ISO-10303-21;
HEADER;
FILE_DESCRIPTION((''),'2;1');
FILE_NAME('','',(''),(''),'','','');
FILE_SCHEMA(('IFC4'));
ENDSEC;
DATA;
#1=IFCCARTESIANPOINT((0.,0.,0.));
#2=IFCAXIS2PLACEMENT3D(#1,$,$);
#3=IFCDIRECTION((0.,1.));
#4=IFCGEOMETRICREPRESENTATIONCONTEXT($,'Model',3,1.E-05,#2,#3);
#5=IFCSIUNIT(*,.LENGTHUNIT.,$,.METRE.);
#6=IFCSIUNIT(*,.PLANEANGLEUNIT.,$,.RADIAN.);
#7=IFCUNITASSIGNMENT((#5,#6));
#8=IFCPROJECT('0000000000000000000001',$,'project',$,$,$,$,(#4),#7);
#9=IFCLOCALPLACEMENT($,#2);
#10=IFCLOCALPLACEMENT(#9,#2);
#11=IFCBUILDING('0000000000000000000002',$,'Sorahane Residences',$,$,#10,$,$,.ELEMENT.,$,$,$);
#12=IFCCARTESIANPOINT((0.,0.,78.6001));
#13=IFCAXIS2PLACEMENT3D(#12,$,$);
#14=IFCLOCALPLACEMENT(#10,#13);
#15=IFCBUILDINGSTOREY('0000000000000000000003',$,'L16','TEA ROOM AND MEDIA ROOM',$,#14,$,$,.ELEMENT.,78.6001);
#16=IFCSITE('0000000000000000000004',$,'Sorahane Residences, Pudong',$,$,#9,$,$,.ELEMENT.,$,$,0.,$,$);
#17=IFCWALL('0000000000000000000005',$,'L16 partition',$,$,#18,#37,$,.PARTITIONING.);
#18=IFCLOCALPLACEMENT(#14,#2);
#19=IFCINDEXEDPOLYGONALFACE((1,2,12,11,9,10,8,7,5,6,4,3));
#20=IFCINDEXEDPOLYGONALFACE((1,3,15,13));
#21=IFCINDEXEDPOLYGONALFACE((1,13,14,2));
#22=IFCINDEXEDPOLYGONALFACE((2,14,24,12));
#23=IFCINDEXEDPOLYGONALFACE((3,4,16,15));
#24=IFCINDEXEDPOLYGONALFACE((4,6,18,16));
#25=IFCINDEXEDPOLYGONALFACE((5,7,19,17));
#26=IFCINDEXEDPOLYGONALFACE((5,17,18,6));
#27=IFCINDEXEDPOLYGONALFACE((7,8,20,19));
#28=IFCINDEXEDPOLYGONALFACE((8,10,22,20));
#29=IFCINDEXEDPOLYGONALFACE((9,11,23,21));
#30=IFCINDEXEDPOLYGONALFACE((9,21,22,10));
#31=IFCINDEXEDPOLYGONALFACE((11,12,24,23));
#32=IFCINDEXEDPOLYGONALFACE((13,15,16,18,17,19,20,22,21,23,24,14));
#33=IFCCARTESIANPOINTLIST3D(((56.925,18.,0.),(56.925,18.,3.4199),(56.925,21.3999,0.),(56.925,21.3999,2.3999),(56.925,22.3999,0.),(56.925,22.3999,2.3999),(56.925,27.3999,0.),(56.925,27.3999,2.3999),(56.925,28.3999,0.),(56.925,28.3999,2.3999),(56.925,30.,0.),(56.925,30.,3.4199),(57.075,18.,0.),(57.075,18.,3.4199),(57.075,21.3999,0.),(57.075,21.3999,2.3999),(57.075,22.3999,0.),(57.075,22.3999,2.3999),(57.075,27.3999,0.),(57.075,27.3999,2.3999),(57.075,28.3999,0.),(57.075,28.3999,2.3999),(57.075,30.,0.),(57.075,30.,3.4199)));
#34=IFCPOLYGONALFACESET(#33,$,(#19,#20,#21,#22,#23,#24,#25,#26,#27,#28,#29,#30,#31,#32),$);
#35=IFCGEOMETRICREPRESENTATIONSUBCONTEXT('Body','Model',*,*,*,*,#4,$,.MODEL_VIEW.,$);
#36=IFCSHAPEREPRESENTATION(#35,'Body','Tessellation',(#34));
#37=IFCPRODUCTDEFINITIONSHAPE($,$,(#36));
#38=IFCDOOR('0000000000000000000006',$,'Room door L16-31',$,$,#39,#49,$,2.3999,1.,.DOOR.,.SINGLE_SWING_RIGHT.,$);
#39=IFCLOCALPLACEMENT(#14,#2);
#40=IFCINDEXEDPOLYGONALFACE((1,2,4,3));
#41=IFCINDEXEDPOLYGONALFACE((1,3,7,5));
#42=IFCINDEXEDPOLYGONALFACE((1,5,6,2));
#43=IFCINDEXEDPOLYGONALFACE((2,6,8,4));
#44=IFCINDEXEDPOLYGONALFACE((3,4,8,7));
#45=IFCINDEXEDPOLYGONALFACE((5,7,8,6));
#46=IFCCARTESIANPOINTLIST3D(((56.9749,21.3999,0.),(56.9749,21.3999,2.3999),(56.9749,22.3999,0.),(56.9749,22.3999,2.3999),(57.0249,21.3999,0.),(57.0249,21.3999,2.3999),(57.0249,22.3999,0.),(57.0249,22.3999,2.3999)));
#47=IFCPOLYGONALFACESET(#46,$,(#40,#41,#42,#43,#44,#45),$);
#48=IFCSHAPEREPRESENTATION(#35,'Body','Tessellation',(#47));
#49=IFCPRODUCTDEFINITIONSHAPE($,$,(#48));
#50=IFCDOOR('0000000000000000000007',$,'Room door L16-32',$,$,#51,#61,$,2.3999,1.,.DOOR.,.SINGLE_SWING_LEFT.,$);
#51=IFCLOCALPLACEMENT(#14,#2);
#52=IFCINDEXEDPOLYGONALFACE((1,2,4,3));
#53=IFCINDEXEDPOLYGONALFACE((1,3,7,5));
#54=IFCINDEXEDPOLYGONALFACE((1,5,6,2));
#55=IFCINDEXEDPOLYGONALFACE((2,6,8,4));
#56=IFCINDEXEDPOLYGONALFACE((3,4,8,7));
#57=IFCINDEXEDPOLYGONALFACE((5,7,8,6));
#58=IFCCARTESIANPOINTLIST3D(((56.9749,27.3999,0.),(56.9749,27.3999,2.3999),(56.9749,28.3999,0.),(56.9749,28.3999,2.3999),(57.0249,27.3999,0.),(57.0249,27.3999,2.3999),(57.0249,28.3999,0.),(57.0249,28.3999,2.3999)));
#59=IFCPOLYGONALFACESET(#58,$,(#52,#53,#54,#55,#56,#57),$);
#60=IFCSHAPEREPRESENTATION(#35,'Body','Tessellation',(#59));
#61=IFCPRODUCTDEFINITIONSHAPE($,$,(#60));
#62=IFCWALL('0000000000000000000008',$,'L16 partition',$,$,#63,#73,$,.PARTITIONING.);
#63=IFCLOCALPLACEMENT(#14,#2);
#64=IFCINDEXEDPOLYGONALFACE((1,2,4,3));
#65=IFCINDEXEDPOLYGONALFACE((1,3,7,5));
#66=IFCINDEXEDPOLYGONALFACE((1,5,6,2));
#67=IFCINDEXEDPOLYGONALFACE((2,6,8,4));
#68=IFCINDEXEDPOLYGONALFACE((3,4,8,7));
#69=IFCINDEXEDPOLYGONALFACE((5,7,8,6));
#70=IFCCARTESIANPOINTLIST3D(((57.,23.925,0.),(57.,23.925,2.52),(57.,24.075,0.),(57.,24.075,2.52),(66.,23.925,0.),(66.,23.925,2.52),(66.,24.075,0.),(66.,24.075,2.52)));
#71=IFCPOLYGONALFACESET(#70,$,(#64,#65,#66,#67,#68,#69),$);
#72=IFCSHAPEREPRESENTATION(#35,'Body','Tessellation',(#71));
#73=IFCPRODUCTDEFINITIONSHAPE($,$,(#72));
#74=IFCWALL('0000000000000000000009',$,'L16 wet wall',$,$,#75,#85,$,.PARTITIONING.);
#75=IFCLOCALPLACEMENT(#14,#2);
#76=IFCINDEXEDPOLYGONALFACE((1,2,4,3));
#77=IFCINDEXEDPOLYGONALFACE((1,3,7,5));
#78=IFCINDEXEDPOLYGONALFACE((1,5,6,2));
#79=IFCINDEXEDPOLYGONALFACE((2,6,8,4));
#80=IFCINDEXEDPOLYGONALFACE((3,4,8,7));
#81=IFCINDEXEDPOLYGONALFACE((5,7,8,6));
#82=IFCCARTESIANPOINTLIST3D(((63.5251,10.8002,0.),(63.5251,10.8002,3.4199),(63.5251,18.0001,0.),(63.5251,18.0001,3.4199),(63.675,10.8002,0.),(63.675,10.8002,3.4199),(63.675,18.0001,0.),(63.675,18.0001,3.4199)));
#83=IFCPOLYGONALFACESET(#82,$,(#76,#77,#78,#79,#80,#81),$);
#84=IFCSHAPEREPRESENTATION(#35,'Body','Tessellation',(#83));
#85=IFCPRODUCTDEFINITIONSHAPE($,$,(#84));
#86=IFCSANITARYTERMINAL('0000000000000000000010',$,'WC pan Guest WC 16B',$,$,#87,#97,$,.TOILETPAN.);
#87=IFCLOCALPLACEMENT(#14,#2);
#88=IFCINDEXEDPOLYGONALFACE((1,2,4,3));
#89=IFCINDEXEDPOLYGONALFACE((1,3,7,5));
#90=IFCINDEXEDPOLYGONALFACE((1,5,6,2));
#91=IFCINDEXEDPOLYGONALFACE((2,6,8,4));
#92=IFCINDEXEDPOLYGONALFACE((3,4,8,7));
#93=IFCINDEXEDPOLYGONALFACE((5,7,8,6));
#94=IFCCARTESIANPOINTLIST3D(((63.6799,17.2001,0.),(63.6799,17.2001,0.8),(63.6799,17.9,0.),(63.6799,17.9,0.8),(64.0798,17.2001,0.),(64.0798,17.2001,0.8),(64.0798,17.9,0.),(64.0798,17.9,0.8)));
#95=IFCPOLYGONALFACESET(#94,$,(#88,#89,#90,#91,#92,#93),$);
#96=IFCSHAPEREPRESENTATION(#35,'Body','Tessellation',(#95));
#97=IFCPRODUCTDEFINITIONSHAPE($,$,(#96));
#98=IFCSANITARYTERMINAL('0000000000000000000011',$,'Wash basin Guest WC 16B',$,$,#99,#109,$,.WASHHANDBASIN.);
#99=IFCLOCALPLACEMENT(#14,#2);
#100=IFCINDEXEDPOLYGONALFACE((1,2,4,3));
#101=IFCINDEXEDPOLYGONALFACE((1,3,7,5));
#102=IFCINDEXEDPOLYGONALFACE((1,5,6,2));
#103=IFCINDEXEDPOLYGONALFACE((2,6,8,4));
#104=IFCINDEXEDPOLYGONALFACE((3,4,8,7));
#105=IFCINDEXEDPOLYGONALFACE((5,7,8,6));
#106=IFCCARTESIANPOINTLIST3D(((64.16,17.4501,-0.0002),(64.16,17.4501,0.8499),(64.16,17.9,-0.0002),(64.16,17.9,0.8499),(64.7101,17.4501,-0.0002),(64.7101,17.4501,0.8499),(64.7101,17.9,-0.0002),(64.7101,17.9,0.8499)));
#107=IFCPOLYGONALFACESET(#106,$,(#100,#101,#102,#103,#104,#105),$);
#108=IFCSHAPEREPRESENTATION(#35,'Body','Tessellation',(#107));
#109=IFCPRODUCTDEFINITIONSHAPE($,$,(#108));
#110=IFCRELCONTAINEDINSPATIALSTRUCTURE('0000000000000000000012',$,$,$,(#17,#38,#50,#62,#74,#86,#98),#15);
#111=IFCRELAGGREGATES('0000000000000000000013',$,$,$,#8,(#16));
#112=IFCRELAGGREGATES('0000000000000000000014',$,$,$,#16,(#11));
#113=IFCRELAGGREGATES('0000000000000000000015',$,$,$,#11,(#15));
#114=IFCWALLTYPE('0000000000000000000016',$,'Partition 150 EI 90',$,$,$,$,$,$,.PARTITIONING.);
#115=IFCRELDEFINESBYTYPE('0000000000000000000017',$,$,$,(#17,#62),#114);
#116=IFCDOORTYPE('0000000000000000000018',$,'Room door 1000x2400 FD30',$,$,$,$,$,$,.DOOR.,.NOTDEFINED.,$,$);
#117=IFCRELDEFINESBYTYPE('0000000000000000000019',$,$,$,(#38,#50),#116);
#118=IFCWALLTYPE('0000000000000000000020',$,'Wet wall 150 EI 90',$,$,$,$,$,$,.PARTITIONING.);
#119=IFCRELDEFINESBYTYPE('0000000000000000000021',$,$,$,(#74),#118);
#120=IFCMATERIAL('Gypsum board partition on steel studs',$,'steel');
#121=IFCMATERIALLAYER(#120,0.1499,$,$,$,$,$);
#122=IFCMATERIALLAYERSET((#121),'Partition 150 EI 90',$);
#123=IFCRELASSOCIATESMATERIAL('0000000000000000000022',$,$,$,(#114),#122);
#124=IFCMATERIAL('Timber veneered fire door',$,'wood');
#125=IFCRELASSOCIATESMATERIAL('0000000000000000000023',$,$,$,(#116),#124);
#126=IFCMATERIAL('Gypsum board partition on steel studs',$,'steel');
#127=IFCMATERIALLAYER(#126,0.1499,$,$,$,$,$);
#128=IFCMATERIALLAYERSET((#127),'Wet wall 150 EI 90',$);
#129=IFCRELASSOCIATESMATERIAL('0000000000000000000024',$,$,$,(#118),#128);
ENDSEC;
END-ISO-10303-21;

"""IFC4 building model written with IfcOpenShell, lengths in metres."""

from ifc_helpers import new_model, si_unit, direction, frame, frame_2d, origin, origin_2d, place, context, subcontext, project, spatial, rectangle, extrude, material, layer, layer_set, type_object, element, fill, save


model = new_model("IFC4")

# Units and contexts
model_context = context("Model", 3, precision=1e-05, world=origin(), true_north=direction((0.0, 1.0)))
body_context = subcontext(model_context, "Body", "Model", "MODEL_VIEW")
ifc_project = project(units=[si_unit("LENGTHUNIT", "METRE"), si_unit("PLANEANGLEUNIT", "RADIAN")], contexts=[model_context])

# Site, building, storey
site_placement = place(None, origin())
site = spatial("IfcSite", under=ifc_project, at=site_placement, Name="Sorahane Residences, Pudong", CompositionType="ELEMENT", RefElevation=0.0)
building_placement = place(site_placement, origin())
building = spatial("IfcBuilding", under=site, at=building_placement, Name="Sorahane Residences", CompositionType="ELEMENT")
storey_placement = place(building_placement, frame((0.0, 0.0, 78.6001)))
storey = spatial("IfcBuildingStorey", under=building, at=storey_placement, Name="L16", Description="TEA ROOM AND MEDIA ROOM", CompositionType="ELEMENT", Elevation=78.6001)

# Shared definitions
ifc_material_1 = material(Name="Gypsum board partition on steel studs", Category="steel")
ifc_layer_1 = layer(ifc_material_1, 0.1499)
ifc_layer_set_1 = layer_set([ifc_layer_1], Name="Partition 150 EI 90")
wall_type_1 = type_object("IfcWallType", Name="Partition 150 EI 90", PredefinedType="PARTITIONING", material=ifc_layer_set_1)

# Shared definitions
ifc_material_2 = material(Name="Timber veneered fire door", Category="wood")
door_type_1 = type_object("IfcDoorType", Name="Room door 1000x2400 FD30", OperationType="NOTDEFINED", PredefinedType="DOOR", material=ifc_material_2)

# Wall, openings, doors
wall_1_placement = place(storey_placement, frame((57.0, 18.0, 0.0), z_axis=(0.0, 0.0, 1.0), x_axis=(0.0, 1.0, 0.0)))
wall_1 = element("IfcWall", 1, at=wall_1_placement, inside=storey, type_object=wall_type_1, Name="L16 partition", PredefinedType="PARTITIONING", context=body_context, shape_type="SweptSolid", body=[
    extrude(rectangle(XDim=12.0, YDim=0.1499, at=frame_2d((6.0, 0.0))), origin(), (0.0, 0.0, 1.0), 3.4199),
])
opening_1_placement = place(wall_1_placement, frame((3.3999, 0.0, 0.0)))
opening_1 = element("IfcOpeningElement", 2, at=opening_1_placement, cuts=wall_1, PredefinedType="OPENING", context=body_context, shape_type="SweptSolid", body=[
    extrude(rectangle(XDim=1.0, YDim=2.3999, at=frame_2d((0.5, 1.2))), frame((0.0, 0.085, 0.0), z_axis=(0.0, -1.0, 0.0), x_axis=(1.0, 0.0, 0.0)), (0.0, 0.0, 1.0), 0.1699),
])
opening_2_placement = place(wall_1_placement, frame((9.3999, 0.0, 0.0)))
opening_2 = element("IfcOpeningElement", 3, at=opening_2_placement, cuts=wall_1, PredefinedType="OPENING", context=body_context, shape_type="SweptSolid", body=[
    extrude(rectangle(XDim=1.0, YDim=2.3999, at=frame_2d((0.5, 1.2))), frame((0.0, 0.085, 0.0), z_axis=(0.0, -1.0, 0.0), x_axis=(1.0, 0.0, 0.0)), (0.0, 0.0, 1.0), 0.1699),
])
door_1_placement = place(opening_1_placement, frame((1.0, 0.0, 0.0), z_axis=(0.0, 0.0, 1.0), x_axis=(-1.0, 0.0, 0.0)))
door_1 = element("IfcDoor", 4, at=door_1_placement, inside=storey, type_object=door_type_1, Name="Room door L16-31", OperationType="SINGLE_SWING_RIGHT", OverallHeight=2.3999, OverallWidth=1.0, PredefinedType="DOOR", context=body_context, shape_type="SweptSolid", body=[
    extrude(rectangle(XDim=1.0, YDim=2.3999, at=frame_2d((0.5, 1.2))), frame((0.0, 0.0249, 0.0), z_axis=(0.0, -1.0, 0.0), x_axis=(1.0, 0.0, 0.0)), (0.0, 0.0, 1.0), 0.05),
])
fill(opening_1, door_1)
door_2_placement = place(opening_2_placement, frame((1.0, 0.0, 0.0), z_axis=(0.0, 0.0, 1.0), x_axis=(-1.0, 0.0, 0.0)))
door_2 = element("IfcDoor", 5, at=door_2_placement, inside=storey, type_object=door_type_1, Name="Room door L16-32", OperationType="SINGLE_SWING_LEFT", OverallHeight=2.3999, OverallWidth=1.0, PredefinedType="DOOR", context=body_context, shape_type="SweptSolid", body=[
    extrude(rectangle(XDim=1.0, YDim=2.3999, at=frame_2d((0.5, 1.2))), frame((0.0, 0.0249, 0.0), z_axis=(0.0, -1.0, 0.0), x_axis=(1.0, 0.0, 0.0)), (0.0, 0.0, 1.0), 0.05),
])
fill(opening_2, door_2)

# Walls
wall_2_placement = place(storey_placement, frame((57.0, 24.0, 0.0), z_axis=(0.0, 0.0, 1.0), x_axis=(1.0, 0.0, 0.0)))
element("IfcWall", 6, at=wall_2_placement, inside=storey, type_object=wall_type_1, Name="L16 partition", PredefinedType="PARTITIONING", context=body_context, shape_type="SweptSolid", body=[
    extrude(rectangle(XDim=9.0, YDim=0.1499, at=frame_2d((4.5, 0.0))), origin(), (0.0, 0.0, 1.0), 2.52),
])
ifc_material_3 = material(Name="Gypsum board partition on steel studs", Category="steel")
ifc_layer_2 = layer(ifc_material_3, 0.1499)
ifc_layer_set_2 = layer_set([ifc_layer_2], Name="Wet wall 150 EI 90")
wall_type_2 = type_object("IfcWallType", Name="Wet wall 150 EI 90", PredefinedType="PARTITIONING", material=ifc_layer_set_2)
wall_3_placement = place(storey_placement, frame((63.6001, 10.8, 0.0), z_axis=(0.0, 0.0, 1.0), x_axis=(0.0, 1.0, 0.0)))
element("IfcWall", 7, at=wall_3_placement, inside=storey, type_object=wall_type_2, Name="L16 wet wall", PredefinedType="PARTITIONING", context=body_context, shape_type="SweptSolid", body=[
    extrude(rectangle(XDim=7.2, YDim=0.1499, at=frame_2d((3.6001, 0.0))), origin(), (0.0, 0.0, 1.0), 3.4199),
])

# Sanitary terminals
sanitary_terminal_1_placement = place(storey_placement, frame((63.8799, 17.55, 0.0), z_axis=(0.0, 0.0, 1.0), x_axis=(1.0, 0.0, 0.0)))
element("IfcSanitaryTerminal", 8, at=sanitary_terminal_1_placement, inside=storey, Name="WC pan Guest WC 16B", PredefinedType="TOILETPAN", context=body_context, shape_type="SweptSolid", body=[
    extrude(rectangle(XDim=0.3999, YDim=0.7, at=origin_2d()), origin(), (0.0, 0.0, 1.0), 0.8),
])
sanitary_terminal_2_placement = place(storey_placement, frame((64.4351, 17.675, -0.0002), z_axis=(0.0, 0.0, 1.0), x_axis=(1.0, 0.0, 0.0)))
element("IfcSanitaryTerminal", 9, at=sanitary_terminal_2_placement, inside=storey, Name="Wash basin Guest WC 16B", PredefinedType="WASHHANDBASIN", context=body_context, shape_type="SweptSolid", body=[
    extrude(rectangle(XDim=0.55, YDim=0.45, at=origin_2d()), origin(), (0.0, 0.0, 1.0), 0.8501),
])

save(model, "model.ifc")
